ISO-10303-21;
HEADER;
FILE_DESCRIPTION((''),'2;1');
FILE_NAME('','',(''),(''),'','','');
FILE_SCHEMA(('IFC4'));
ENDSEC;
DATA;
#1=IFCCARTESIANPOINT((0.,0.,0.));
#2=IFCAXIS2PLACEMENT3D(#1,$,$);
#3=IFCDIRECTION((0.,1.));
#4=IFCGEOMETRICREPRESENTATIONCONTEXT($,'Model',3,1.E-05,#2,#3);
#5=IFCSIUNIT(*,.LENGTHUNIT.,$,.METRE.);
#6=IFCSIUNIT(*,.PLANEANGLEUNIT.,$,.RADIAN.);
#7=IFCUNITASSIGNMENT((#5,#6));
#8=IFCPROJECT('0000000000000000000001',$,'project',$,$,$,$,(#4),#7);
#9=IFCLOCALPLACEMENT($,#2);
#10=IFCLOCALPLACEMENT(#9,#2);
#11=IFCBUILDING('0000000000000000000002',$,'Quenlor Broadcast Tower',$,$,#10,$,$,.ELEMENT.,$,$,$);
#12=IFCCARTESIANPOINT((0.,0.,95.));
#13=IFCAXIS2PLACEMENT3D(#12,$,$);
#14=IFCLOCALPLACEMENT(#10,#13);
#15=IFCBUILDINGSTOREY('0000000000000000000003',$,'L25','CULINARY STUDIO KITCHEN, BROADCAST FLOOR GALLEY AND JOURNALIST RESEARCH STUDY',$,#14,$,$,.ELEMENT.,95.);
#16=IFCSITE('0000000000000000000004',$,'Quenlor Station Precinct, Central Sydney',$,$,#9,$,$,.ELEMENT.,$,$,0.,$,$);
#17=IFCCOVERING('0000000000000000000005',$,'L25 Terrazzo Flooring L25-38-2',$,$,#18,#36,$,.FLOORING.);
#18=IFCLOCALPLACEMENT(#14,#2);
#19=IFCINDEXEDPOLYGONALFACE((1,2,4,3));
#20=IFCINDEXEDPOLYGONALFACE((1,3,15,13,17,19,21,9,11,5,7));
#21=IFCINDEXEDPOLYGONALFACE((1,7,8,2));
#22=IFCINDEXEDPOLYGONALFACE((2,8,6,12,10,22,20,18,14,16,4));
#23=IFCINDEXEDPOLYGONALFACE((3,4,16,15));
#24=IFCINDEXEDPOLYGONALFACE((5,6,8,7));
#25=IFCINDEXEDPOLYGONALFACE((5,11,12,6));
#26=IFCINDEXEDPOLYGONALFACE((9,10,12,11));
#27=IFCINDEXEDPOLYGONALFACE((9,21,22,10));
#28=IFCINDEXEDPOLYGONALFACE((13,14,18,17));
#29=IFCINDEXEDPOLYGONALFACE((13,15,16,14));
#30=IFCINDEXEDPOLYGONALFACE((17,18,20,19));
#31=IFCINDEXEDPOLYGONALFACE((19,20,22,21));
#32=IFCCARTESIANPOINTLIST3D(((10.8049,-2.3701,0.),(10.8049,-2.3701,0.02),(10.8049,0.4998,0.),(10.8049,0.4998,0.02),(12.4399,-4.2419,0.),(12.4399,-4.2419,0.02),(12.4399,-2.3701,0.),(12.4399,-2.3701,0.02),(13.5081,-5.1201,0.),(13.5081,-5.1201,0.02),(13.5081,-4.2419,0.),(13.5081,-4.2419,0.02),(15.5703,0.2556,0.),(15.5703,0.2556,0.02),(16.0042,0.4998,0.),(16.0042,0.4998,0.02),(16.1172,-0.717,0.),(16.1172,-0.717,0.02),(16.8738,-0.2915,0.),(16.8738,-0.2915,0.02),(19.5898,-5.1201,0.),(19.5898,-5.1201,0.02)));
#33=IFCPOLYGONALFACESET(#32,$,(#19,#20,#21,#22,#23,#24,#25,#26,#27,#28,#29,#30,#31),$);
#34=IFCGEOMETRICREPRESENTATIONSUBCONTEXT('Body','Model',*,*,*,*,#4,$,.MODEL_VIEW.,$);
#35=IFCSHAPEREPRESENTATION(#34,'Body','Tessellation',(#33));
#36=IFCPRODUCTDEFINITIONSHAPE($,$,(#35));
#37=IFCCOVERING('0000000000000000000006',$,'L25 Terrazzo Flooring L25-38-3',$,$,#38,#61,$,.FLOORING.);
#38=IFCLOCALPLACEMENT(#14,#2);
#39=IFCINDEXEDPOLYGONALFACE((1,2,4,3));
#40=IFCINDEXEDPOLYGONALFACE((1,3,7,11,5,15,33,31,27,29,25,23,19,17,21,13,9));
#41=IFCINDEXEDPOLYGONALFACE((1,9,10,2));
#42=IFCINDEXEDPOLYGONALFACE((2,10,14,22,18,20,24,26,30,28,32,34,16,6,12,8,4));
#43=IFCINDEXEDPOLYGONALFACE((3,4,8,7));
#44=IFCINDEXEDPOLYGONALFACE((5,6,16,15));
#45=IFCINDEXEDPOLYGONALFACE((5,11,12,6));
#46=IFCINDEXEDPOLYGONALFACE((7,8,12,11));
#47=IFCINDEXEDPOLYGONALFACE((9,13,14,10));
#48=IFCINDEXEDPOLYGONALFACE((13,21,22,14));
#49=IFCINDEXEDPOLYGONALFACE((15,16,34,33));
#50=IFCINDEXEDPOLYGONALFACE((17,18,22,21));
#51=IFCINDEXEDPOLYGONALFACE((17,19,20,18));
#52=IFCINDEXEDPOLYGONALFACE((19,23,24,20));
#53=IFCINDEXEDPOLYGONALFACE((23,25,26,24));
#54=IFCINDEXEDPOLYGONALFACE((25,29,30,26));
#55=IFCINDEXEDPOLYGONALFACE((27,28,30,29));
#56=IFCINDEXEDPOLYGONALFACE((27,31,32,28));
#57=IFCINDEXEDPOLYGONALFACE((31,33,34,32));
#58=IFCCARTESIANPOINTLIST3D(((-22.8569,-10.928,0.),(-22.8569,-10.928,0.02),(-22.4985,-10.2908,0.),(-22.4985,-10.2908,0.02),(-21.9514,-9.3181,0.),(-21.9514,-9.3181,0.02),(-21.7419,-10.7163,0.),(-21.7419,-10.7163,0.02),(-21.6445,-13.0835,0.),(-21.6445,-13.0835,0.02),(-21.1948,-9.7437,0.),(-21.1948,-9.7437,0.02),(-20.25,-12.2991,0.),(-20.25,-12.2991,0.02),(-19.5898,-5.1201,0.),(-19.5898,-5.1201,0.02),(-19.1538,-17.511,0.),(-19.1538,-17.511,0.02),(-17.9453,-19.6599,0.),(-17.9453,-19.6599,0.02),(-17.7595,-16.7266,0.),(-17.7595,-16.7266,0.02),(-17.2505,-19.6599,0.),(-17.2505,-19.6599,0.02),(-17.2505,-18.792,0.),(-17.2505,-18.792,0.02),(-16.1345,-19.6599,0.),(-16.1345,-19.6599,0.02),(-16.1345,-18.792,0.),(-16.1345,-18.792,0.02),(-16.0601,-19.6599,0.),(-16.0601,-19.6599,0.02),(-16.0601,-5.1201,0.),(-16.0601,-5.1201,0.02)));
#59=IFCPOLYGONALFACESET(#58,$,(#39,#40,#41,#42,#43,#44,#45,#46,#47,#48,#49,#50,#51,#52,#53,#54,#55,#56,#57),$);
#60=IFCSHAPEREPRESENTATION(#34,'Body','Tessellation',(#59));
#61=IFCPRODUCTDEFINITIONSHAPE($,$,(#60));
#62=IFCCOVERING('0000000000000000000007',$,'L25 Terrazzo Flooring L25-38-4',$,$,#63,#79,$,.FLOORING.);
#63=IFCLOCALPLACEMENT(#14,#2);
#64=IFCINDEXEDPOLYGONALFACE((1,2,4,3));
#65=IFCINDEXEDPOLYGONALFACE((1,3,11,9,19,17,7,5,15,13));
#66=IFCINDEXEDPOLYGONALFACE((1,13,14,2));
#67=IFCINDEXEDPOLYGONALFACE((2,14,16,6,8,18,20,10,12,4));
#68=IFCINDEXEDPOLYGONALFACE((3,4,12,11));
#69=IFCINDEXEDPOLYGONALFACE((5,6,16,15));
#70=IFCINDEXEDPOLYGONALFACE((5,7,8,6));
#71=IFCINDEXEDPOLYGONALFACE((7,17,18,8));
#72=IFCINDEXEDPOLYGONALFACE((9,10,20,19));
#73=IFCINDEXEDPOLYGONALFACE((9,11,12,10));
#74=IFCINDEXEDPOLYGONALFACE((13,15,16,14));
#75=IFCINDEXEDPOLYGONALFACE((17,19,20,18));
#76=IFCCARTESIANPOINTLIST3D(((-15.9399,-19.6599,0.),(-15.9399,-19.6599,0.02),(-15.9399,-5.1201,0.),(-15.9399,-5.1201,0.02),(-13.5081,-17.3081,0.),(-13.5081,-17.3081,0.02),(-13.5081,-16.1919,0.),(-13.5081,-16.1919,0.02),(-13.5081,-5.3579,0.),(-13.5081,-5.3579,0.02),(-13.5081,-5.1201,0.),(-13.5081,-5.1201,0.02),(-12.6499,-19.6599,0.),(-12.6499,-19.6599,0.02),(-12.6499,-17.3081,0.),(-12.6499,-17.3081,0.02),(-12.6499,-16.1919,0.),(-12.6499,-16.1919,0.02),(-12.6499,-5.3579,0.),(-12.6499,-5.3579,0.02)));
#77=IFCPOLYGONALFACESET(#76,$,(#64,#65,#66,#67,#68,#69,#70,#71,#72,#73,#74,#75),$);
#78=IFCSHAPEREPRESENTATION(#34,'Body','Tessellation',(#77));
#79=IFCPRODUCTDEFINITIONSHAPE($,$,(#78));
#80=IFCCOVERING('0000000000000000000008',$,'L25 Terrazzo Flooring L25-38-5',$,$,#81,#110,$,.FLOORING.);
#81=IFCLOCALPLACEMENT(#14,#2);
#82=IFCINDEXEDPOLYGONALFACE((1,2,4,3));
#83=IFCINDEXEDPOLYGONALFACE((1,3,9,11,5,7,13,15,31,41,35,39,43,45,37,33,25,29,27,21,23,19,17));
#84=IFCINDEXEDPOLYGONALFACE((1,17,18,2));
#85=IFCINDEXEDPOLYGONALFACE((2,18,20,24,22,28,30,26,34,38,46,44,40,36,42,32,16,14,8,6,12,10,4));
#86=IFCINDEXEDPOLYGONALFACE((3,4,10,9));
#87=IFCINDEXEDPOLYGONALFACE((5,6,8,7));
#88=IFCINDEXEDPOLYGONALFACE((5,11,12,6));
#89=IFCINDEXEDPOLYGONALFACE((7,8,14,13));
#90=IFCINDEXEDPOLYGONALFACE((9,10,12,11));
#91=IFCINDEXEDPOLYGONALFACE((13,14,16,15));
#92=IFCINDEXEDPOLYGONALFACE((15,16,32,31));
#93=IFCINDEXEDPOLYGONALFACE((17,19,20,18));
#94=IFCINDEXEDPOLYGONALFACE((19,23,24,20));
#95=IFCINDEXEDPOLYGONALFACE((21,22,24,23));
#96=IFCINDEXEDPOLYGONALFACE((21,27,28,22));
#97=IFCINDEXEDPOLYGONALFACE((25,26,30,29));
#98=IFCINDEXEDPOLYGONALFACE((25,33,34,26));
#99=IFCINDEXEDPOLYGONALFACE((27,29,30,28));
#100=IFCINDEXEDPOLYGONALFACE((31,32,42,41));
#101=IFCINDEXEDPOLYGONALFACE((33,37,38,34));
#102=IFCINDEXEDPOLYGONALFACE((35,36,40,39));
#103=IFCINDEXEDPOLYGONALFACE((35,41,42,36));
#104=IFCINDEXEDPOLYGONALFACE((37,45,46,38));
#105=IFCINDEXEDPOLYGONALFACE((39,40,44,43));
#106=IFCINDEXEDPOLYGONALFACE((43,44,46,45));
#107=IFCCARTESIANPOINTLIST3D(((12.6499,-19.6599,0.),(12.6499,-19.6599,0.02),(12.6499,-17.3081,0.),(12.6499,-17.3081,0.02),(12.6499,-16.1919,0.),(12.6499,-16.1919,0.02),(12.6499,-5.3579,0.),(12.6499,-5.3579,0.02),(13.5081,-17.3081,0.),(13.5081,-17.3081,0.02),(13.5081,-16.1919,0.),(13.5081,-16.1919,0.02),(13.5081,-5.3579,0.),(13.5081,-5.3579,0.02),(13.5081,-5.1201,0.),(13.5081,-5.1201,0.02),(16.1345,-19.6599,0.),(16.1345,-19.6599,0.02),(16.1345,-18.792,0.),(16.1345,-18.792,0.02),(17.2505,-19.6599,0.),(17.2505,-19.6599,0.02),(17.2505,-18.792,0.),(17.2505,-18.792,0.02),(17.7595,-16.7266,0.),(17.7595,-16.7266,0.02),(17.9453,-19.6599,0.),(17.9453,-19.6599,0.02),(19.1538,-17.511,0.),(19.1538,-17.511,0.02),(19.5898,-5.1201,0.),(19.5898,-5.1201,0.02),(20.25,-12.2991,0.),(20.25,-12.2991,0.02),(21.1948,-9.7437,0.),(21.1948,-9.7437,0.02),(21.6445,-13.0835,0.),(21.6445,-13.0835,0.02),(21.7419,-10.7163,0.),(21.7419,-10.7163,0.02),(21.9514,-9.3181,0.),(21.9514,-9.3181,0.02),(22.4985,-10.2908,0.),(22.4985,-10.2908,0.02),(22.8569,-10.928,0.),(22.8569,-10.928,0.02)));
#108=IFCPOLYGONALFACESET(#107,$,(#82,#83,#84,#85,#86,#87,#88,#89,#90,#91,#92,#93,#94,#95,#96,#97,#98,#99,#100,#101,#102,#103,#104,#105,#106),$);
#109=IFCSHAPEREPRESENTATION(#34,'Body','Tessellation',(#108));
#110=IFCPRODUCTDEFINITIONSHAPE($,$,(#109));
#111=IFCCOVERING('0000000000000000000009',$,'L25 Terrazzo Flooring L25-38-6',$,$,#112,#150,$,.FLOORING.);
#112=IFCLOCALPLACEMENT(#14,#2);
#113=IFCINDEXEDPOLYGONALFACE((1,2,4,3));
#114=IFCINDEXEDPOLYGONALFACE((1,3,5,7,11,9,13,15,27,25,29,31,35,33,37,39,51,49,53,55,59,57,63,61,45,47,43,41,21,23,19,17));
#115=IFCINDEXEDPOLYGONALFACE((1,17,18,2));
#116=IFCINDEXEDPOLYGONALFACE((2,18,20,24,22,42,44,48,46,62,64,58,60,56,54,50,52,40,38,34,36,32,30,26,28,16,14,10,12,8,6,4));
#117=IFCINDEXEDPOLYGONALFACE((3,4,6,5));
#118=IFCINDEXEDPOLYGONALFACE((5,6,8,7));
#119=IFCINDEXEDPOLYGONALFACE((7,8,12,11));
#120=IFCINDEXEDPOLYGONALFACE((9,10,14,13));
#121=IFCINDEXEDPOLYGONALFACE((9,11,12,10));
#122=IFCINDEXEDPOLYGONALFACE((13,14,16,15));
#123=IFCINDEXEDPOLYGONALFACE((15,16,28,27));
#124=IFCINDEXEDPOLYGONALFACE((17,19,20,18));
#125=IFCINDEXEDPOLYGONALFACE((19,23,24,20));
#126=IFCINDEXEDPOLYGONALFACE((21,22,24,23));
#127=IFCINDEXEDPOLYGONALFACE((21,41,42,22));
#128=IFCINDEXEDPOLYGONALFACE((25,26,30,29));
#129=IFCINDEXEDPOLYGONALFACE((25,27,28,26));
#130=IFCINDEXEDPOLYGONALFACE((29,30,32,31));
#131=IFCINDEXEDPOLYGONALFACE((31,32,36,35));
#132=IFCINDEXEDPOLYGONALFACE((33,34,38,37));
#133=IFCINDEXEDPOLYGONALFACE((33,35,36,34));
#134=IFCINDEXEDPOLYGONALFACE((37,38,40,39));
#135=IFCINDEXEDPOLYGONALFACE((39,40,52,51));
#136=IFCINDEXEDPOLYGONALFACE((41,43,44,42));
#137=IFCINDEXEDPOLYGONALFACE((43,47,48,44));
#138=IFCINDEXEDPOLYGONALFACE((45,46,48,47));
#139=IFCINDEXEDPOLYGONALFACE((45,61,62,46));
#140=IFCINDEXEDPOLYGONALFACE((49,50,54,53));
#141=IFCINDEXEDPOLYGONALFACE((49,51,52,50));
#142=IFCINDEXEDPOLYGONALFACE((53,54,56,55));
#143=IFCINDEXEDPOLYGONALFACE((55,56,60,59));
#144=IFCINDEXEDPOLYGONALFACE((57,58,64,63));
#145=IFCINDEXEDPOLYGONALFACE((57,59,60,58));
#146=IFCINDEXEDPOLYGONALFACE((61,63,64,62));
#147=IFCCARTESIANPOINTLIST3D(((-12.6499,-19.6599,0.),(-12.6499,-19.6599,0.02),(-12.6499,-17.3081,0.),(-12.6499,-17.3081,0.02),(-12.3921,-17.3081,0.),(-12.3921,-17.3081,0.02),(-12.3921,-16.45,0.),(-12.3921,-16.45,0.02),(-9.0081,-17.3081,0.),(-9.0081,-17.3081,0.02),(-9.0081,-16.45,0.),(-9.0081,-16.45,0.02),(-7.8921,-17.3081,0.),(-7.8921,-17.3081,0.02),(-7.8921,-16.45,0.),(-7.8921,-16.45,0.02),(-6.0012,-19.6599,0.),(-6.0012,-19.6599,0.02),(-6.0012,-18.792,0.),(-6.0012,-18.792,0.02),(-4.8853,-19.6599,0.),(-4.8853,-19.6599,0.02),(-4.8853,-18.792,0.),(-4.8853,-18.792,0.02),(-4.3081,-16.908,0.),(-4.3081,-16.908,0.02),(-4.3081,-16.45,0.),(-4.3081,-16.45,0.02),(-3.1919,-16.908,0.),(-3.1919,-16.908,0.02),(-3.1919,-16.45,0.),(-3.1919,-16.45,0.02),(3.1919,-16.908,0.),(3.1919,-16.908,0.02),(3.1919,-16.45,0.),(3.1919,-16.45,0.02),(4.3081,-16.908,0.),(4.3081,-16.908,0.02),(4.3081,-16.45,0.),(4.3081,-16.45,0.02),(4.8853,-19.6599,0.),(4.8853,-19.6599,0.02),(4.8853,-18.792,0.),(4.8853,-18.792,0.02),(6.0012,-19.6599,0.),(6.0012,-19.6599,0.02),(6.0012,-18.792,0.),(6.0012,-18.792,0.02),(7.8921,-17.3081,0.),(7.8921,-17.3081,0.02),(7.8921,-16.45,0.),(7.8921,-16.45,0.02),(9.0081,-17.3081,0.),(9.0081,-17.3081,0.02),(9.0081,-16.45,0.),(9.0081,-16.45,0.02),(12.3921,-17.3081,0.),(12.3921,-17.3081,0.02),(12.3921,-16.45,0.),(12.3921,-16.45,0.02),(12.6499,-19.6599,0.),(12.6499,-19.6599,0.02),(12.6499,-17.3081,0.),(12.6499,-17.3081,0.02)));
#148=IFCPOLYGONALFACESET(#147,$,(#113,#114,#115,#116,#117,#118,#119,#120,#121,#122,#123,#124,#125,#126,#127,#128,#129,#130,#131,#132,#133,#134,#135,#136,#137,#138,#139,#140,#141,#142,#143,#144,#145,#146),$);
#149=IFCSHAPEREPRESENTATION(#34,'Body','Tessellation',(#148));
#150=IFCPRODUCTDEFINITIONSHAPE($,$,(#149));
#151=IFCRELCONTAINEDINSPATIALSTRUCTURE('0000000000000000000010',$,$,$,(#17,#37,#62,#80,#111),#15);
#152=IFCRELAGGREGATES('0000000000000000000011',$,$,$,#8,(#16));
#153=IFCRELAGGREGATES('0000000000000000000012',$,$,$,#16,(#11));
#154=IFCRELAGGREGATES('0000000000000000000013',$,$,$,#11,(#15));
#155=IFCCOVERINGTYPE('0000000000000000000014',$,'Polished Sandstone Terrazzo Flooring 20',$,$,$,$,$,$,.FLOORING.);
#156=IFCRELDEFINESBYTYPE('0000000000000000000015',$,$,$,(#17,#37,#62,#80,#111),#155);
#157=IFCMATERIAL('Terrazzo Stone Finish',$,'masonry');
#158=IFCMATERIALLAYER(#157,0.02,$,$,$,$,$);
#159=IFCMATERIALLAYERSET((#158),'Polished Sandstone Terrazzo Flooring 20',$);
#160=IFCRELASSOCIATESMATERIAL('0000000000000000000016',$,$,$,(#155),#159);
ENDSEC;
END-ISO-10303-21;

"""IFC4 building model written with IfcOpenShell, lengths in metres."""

from ifc_helpers import new_model, si_unit, direction, frame, origin, place, context, subcontext, project, spatial, polyline, outline, extrude, material, layer, layer_set, type_object, element, save


model = new_model("IFC4")

# Units and contexts
model_context = context("Model", 3, precision=1e-05, world=origin(), true_north=direction((0.0, 1.0)))
body_context = subcontext(model_context, "Body", "Model", "MODEL_VIEW")
ifc_project = project(units=[si_unit("LENGTHUNIT", "METRE"), si_unit("PLANEANGLEUNIT", "RADIAN")], contexts=[model_context])

# Site, building, storey
site_placement = place(None, origin())
site = spatial("IfcSite", under=ifc_project, at=site_placement, Name="Quenlor Station Precinct, Central Sydney", CompositionType="ELEMENT", RefElevation=0.0)
building_placement = place(site_placement, origin())
building = spatial("IfcBuilding", under=site, at=building_placement, Name="Quenlor Broadcast Tower", CompositionType="ELEMENT")
storey_placement = place(building_placement, frame((0.0, 0.0, 95.0)))
storey = spatial("IfcBuildingStorey", under=building, at=storey_placement, Name="L25", Description="CULINARY STUDIO KITCHEN, BROADCAST FLOOR GALLEY AND JOURNALIST RESEARCH STUDY", CompositionType="ELEMENT", Elevation=95.0)

# Coverings
ifc_material_1 = material(Name="Terrazzo Stone Finish", Category="masonry")
ifc_layer_1 = layer(ifc_material_1, 0.02)
ifc_layer_set_1 = layer_set([ifc_layer_1], Name="Polished Sandstone Terrazzo Flooring 20")
covering_type_1 = type_object("IfcCoveringType", Name="Polished Sandstone Terrazzo Flooring 20", PredefinedType="FLOORING", material=ifc_layer_set_1)
covering_1_placement = place(storey_placement, origin())
element("IfcCovering", 1, at=covering_1_placement, inside=storey, type_object=covering_type_1, Name="L25 Terrazzo Flooring L25-38-2", PredefinedType="FLOORING", context=body_context, shape_type="SweptSolid", body=[
    extrude(outline(polyline([(13.5081, -4.2419), (12.4399, -4.2419), (12.4399, -2.3701), (10.8049, -2.3701), (10.8049, 0.4998), (16.0042, 0.4998), (15.5703, 0.2556), (16.1172, -0.717), (16.8738, -0.2915), (19.5898, -5.1201), (13.5081, -5.1201), (13.5081, -4.2419)])), origin(), (0.0, 0.0, 1.0), 0.02),
])
covering_2_placement = place(storey_placement, origin())
element("IfcCovering", 2, at=covering_2_placement, inside=storey, type_object=covering_type_1, Name="L25 Terrazzo Flooring L25-38-3", PredefinedType="FLOORING", context=body_context, shape_type="SweptSolid", body=[
    extrude(outline(polyline([(-22.8569, -10.928), (-22.4985, -10.2908), (-21.7419, -10.7163), (-21.1948, -9.7437), (-21.9514, -9.3181), (-19.5898, -5.1201), (-16.0601, -5.1201), (-16.0601, -19.6599), (-16.1345, -19.6599), (-16.1345, -18.792), (-17.2505, -18.792), (-17.2505, -19.6599), (-17.9453, -19.6599), (-19.1538, -17.511), (-17.7595, -16.7266), (-20.25, -12.2991), (-21.6445, -13.0835), (-22.8569, -10.928)])), origin(), (0.0, 0.0, 1.0), 0.02),
])
covering_3_placement = place(storey_placement, origin())
element("IfcCovering", 3, at=covering_3_placement, inside=storey, type_object=covering_type_1, Name="L25 Terrazzo Flooring L25-38-4", PredefinedType="FLOORING", context=body_context, shape_type="SweptSolid", body=[
    extrude(outline(polyline([(-13.5081, -5.3579), (-12.6499, -5.3579), (-12.6499, -16.1919), (-13.5081, -16.1919), (-13.5081, -17.3081), (-12.6499, -17.3081), (-12.6499, -19.6599), (-15.9399, -19.6599), (-15.9399, -5.1201), (-13.5081, -5.1201), (-13.5081, -5.3579)])), origin(), (0.0, 0.0, 1.0), 0.02),
])
covering_4_placement = place(storey_placement, origin())
element("IfcCovering", 4, at=covering_4_placement, inside=storey, type_object=covering_type_1, Name="L25 Terrazzo Flooring L25-38-5", PredefinedType="FLOORING", context=body_context, shape_type="SweptSolid", body=[
    extrude(outline(polyline([(13.5081, -17.3081), (13.5081, -16.1919), (12.6499, -16.1919), (12.6499, -5.3579), (13.5081, -5.3579), (13.5081, -5.1201), (19.5898, -5.1201), (21.9514, -9.3181), (21.1948, -9.7437), (21.7419, -10.7163), (22.4985, -10.2908), (22.8569, -10.928), (21.6445, -13.0835), (20.25, -12.2991), (17.7595, -16.7266), (19.1538, -17.511), (17.9453, -19.6599), (17.2505, -19.6599), (17.2505, -18.792), (16.1345, -18.792), (16.1345, -19.6599), (12.6499, -19.6599), (12.6499, -17.3081), (13.5081, -17.3081)])), origin(), (0.0, 0.0, 1.0), 0.02),
])
covering_5_placement = place(storey_placement, origin())
element("IfcCovering", 5, at=covering_5_placement, inside=storey, type_object=covering_type_1, Name="L25 Terrazzo Flooring L25-38-6", PredefinedType="FLOORING", context=body_context, shape_type="SweptSolid", body=[
    extrude(outline(polyline([(-12.3921, -17.3081), (-12.3921, -16.45), (-9.0081, -16.45), (-9.0081, -17.3081), (-7.8921, -17.3081), (-7.8921, -16.45), (-4.3081, -16.45), (-4.3081, -16.908), (-3.1919, -16.908), (-3.1919, -16.45), (3.1919, -16.45), (3.1919, -16.908), (4.3081, -16.908), (4.3081, -16.45), (7.8921, -16.45), (7.8921, -17.3081), (9.0081, -17.3081), (9.0081, -16.45), (12.3921, -16.45), (12.3921, -17.3081), (12.6499, -17.3081), (12.6499, -19.6599), (6.0012, -19.6599), (6.0012, -18.792), (4.8853, -18.792), (4.8853, -19.6599), (-4.8853, -19.6599), (-4.8853, -18.792), (-6.0012, -18.792), (-6.0012, -19.6599), (-12.6499, -19.6599), (-12.6499, -17.3081), (-12.3921, -17.3081)])), origin(), (0.0, 0.0, 1.0), 0.02),
])

save(model, "model.ifc")
